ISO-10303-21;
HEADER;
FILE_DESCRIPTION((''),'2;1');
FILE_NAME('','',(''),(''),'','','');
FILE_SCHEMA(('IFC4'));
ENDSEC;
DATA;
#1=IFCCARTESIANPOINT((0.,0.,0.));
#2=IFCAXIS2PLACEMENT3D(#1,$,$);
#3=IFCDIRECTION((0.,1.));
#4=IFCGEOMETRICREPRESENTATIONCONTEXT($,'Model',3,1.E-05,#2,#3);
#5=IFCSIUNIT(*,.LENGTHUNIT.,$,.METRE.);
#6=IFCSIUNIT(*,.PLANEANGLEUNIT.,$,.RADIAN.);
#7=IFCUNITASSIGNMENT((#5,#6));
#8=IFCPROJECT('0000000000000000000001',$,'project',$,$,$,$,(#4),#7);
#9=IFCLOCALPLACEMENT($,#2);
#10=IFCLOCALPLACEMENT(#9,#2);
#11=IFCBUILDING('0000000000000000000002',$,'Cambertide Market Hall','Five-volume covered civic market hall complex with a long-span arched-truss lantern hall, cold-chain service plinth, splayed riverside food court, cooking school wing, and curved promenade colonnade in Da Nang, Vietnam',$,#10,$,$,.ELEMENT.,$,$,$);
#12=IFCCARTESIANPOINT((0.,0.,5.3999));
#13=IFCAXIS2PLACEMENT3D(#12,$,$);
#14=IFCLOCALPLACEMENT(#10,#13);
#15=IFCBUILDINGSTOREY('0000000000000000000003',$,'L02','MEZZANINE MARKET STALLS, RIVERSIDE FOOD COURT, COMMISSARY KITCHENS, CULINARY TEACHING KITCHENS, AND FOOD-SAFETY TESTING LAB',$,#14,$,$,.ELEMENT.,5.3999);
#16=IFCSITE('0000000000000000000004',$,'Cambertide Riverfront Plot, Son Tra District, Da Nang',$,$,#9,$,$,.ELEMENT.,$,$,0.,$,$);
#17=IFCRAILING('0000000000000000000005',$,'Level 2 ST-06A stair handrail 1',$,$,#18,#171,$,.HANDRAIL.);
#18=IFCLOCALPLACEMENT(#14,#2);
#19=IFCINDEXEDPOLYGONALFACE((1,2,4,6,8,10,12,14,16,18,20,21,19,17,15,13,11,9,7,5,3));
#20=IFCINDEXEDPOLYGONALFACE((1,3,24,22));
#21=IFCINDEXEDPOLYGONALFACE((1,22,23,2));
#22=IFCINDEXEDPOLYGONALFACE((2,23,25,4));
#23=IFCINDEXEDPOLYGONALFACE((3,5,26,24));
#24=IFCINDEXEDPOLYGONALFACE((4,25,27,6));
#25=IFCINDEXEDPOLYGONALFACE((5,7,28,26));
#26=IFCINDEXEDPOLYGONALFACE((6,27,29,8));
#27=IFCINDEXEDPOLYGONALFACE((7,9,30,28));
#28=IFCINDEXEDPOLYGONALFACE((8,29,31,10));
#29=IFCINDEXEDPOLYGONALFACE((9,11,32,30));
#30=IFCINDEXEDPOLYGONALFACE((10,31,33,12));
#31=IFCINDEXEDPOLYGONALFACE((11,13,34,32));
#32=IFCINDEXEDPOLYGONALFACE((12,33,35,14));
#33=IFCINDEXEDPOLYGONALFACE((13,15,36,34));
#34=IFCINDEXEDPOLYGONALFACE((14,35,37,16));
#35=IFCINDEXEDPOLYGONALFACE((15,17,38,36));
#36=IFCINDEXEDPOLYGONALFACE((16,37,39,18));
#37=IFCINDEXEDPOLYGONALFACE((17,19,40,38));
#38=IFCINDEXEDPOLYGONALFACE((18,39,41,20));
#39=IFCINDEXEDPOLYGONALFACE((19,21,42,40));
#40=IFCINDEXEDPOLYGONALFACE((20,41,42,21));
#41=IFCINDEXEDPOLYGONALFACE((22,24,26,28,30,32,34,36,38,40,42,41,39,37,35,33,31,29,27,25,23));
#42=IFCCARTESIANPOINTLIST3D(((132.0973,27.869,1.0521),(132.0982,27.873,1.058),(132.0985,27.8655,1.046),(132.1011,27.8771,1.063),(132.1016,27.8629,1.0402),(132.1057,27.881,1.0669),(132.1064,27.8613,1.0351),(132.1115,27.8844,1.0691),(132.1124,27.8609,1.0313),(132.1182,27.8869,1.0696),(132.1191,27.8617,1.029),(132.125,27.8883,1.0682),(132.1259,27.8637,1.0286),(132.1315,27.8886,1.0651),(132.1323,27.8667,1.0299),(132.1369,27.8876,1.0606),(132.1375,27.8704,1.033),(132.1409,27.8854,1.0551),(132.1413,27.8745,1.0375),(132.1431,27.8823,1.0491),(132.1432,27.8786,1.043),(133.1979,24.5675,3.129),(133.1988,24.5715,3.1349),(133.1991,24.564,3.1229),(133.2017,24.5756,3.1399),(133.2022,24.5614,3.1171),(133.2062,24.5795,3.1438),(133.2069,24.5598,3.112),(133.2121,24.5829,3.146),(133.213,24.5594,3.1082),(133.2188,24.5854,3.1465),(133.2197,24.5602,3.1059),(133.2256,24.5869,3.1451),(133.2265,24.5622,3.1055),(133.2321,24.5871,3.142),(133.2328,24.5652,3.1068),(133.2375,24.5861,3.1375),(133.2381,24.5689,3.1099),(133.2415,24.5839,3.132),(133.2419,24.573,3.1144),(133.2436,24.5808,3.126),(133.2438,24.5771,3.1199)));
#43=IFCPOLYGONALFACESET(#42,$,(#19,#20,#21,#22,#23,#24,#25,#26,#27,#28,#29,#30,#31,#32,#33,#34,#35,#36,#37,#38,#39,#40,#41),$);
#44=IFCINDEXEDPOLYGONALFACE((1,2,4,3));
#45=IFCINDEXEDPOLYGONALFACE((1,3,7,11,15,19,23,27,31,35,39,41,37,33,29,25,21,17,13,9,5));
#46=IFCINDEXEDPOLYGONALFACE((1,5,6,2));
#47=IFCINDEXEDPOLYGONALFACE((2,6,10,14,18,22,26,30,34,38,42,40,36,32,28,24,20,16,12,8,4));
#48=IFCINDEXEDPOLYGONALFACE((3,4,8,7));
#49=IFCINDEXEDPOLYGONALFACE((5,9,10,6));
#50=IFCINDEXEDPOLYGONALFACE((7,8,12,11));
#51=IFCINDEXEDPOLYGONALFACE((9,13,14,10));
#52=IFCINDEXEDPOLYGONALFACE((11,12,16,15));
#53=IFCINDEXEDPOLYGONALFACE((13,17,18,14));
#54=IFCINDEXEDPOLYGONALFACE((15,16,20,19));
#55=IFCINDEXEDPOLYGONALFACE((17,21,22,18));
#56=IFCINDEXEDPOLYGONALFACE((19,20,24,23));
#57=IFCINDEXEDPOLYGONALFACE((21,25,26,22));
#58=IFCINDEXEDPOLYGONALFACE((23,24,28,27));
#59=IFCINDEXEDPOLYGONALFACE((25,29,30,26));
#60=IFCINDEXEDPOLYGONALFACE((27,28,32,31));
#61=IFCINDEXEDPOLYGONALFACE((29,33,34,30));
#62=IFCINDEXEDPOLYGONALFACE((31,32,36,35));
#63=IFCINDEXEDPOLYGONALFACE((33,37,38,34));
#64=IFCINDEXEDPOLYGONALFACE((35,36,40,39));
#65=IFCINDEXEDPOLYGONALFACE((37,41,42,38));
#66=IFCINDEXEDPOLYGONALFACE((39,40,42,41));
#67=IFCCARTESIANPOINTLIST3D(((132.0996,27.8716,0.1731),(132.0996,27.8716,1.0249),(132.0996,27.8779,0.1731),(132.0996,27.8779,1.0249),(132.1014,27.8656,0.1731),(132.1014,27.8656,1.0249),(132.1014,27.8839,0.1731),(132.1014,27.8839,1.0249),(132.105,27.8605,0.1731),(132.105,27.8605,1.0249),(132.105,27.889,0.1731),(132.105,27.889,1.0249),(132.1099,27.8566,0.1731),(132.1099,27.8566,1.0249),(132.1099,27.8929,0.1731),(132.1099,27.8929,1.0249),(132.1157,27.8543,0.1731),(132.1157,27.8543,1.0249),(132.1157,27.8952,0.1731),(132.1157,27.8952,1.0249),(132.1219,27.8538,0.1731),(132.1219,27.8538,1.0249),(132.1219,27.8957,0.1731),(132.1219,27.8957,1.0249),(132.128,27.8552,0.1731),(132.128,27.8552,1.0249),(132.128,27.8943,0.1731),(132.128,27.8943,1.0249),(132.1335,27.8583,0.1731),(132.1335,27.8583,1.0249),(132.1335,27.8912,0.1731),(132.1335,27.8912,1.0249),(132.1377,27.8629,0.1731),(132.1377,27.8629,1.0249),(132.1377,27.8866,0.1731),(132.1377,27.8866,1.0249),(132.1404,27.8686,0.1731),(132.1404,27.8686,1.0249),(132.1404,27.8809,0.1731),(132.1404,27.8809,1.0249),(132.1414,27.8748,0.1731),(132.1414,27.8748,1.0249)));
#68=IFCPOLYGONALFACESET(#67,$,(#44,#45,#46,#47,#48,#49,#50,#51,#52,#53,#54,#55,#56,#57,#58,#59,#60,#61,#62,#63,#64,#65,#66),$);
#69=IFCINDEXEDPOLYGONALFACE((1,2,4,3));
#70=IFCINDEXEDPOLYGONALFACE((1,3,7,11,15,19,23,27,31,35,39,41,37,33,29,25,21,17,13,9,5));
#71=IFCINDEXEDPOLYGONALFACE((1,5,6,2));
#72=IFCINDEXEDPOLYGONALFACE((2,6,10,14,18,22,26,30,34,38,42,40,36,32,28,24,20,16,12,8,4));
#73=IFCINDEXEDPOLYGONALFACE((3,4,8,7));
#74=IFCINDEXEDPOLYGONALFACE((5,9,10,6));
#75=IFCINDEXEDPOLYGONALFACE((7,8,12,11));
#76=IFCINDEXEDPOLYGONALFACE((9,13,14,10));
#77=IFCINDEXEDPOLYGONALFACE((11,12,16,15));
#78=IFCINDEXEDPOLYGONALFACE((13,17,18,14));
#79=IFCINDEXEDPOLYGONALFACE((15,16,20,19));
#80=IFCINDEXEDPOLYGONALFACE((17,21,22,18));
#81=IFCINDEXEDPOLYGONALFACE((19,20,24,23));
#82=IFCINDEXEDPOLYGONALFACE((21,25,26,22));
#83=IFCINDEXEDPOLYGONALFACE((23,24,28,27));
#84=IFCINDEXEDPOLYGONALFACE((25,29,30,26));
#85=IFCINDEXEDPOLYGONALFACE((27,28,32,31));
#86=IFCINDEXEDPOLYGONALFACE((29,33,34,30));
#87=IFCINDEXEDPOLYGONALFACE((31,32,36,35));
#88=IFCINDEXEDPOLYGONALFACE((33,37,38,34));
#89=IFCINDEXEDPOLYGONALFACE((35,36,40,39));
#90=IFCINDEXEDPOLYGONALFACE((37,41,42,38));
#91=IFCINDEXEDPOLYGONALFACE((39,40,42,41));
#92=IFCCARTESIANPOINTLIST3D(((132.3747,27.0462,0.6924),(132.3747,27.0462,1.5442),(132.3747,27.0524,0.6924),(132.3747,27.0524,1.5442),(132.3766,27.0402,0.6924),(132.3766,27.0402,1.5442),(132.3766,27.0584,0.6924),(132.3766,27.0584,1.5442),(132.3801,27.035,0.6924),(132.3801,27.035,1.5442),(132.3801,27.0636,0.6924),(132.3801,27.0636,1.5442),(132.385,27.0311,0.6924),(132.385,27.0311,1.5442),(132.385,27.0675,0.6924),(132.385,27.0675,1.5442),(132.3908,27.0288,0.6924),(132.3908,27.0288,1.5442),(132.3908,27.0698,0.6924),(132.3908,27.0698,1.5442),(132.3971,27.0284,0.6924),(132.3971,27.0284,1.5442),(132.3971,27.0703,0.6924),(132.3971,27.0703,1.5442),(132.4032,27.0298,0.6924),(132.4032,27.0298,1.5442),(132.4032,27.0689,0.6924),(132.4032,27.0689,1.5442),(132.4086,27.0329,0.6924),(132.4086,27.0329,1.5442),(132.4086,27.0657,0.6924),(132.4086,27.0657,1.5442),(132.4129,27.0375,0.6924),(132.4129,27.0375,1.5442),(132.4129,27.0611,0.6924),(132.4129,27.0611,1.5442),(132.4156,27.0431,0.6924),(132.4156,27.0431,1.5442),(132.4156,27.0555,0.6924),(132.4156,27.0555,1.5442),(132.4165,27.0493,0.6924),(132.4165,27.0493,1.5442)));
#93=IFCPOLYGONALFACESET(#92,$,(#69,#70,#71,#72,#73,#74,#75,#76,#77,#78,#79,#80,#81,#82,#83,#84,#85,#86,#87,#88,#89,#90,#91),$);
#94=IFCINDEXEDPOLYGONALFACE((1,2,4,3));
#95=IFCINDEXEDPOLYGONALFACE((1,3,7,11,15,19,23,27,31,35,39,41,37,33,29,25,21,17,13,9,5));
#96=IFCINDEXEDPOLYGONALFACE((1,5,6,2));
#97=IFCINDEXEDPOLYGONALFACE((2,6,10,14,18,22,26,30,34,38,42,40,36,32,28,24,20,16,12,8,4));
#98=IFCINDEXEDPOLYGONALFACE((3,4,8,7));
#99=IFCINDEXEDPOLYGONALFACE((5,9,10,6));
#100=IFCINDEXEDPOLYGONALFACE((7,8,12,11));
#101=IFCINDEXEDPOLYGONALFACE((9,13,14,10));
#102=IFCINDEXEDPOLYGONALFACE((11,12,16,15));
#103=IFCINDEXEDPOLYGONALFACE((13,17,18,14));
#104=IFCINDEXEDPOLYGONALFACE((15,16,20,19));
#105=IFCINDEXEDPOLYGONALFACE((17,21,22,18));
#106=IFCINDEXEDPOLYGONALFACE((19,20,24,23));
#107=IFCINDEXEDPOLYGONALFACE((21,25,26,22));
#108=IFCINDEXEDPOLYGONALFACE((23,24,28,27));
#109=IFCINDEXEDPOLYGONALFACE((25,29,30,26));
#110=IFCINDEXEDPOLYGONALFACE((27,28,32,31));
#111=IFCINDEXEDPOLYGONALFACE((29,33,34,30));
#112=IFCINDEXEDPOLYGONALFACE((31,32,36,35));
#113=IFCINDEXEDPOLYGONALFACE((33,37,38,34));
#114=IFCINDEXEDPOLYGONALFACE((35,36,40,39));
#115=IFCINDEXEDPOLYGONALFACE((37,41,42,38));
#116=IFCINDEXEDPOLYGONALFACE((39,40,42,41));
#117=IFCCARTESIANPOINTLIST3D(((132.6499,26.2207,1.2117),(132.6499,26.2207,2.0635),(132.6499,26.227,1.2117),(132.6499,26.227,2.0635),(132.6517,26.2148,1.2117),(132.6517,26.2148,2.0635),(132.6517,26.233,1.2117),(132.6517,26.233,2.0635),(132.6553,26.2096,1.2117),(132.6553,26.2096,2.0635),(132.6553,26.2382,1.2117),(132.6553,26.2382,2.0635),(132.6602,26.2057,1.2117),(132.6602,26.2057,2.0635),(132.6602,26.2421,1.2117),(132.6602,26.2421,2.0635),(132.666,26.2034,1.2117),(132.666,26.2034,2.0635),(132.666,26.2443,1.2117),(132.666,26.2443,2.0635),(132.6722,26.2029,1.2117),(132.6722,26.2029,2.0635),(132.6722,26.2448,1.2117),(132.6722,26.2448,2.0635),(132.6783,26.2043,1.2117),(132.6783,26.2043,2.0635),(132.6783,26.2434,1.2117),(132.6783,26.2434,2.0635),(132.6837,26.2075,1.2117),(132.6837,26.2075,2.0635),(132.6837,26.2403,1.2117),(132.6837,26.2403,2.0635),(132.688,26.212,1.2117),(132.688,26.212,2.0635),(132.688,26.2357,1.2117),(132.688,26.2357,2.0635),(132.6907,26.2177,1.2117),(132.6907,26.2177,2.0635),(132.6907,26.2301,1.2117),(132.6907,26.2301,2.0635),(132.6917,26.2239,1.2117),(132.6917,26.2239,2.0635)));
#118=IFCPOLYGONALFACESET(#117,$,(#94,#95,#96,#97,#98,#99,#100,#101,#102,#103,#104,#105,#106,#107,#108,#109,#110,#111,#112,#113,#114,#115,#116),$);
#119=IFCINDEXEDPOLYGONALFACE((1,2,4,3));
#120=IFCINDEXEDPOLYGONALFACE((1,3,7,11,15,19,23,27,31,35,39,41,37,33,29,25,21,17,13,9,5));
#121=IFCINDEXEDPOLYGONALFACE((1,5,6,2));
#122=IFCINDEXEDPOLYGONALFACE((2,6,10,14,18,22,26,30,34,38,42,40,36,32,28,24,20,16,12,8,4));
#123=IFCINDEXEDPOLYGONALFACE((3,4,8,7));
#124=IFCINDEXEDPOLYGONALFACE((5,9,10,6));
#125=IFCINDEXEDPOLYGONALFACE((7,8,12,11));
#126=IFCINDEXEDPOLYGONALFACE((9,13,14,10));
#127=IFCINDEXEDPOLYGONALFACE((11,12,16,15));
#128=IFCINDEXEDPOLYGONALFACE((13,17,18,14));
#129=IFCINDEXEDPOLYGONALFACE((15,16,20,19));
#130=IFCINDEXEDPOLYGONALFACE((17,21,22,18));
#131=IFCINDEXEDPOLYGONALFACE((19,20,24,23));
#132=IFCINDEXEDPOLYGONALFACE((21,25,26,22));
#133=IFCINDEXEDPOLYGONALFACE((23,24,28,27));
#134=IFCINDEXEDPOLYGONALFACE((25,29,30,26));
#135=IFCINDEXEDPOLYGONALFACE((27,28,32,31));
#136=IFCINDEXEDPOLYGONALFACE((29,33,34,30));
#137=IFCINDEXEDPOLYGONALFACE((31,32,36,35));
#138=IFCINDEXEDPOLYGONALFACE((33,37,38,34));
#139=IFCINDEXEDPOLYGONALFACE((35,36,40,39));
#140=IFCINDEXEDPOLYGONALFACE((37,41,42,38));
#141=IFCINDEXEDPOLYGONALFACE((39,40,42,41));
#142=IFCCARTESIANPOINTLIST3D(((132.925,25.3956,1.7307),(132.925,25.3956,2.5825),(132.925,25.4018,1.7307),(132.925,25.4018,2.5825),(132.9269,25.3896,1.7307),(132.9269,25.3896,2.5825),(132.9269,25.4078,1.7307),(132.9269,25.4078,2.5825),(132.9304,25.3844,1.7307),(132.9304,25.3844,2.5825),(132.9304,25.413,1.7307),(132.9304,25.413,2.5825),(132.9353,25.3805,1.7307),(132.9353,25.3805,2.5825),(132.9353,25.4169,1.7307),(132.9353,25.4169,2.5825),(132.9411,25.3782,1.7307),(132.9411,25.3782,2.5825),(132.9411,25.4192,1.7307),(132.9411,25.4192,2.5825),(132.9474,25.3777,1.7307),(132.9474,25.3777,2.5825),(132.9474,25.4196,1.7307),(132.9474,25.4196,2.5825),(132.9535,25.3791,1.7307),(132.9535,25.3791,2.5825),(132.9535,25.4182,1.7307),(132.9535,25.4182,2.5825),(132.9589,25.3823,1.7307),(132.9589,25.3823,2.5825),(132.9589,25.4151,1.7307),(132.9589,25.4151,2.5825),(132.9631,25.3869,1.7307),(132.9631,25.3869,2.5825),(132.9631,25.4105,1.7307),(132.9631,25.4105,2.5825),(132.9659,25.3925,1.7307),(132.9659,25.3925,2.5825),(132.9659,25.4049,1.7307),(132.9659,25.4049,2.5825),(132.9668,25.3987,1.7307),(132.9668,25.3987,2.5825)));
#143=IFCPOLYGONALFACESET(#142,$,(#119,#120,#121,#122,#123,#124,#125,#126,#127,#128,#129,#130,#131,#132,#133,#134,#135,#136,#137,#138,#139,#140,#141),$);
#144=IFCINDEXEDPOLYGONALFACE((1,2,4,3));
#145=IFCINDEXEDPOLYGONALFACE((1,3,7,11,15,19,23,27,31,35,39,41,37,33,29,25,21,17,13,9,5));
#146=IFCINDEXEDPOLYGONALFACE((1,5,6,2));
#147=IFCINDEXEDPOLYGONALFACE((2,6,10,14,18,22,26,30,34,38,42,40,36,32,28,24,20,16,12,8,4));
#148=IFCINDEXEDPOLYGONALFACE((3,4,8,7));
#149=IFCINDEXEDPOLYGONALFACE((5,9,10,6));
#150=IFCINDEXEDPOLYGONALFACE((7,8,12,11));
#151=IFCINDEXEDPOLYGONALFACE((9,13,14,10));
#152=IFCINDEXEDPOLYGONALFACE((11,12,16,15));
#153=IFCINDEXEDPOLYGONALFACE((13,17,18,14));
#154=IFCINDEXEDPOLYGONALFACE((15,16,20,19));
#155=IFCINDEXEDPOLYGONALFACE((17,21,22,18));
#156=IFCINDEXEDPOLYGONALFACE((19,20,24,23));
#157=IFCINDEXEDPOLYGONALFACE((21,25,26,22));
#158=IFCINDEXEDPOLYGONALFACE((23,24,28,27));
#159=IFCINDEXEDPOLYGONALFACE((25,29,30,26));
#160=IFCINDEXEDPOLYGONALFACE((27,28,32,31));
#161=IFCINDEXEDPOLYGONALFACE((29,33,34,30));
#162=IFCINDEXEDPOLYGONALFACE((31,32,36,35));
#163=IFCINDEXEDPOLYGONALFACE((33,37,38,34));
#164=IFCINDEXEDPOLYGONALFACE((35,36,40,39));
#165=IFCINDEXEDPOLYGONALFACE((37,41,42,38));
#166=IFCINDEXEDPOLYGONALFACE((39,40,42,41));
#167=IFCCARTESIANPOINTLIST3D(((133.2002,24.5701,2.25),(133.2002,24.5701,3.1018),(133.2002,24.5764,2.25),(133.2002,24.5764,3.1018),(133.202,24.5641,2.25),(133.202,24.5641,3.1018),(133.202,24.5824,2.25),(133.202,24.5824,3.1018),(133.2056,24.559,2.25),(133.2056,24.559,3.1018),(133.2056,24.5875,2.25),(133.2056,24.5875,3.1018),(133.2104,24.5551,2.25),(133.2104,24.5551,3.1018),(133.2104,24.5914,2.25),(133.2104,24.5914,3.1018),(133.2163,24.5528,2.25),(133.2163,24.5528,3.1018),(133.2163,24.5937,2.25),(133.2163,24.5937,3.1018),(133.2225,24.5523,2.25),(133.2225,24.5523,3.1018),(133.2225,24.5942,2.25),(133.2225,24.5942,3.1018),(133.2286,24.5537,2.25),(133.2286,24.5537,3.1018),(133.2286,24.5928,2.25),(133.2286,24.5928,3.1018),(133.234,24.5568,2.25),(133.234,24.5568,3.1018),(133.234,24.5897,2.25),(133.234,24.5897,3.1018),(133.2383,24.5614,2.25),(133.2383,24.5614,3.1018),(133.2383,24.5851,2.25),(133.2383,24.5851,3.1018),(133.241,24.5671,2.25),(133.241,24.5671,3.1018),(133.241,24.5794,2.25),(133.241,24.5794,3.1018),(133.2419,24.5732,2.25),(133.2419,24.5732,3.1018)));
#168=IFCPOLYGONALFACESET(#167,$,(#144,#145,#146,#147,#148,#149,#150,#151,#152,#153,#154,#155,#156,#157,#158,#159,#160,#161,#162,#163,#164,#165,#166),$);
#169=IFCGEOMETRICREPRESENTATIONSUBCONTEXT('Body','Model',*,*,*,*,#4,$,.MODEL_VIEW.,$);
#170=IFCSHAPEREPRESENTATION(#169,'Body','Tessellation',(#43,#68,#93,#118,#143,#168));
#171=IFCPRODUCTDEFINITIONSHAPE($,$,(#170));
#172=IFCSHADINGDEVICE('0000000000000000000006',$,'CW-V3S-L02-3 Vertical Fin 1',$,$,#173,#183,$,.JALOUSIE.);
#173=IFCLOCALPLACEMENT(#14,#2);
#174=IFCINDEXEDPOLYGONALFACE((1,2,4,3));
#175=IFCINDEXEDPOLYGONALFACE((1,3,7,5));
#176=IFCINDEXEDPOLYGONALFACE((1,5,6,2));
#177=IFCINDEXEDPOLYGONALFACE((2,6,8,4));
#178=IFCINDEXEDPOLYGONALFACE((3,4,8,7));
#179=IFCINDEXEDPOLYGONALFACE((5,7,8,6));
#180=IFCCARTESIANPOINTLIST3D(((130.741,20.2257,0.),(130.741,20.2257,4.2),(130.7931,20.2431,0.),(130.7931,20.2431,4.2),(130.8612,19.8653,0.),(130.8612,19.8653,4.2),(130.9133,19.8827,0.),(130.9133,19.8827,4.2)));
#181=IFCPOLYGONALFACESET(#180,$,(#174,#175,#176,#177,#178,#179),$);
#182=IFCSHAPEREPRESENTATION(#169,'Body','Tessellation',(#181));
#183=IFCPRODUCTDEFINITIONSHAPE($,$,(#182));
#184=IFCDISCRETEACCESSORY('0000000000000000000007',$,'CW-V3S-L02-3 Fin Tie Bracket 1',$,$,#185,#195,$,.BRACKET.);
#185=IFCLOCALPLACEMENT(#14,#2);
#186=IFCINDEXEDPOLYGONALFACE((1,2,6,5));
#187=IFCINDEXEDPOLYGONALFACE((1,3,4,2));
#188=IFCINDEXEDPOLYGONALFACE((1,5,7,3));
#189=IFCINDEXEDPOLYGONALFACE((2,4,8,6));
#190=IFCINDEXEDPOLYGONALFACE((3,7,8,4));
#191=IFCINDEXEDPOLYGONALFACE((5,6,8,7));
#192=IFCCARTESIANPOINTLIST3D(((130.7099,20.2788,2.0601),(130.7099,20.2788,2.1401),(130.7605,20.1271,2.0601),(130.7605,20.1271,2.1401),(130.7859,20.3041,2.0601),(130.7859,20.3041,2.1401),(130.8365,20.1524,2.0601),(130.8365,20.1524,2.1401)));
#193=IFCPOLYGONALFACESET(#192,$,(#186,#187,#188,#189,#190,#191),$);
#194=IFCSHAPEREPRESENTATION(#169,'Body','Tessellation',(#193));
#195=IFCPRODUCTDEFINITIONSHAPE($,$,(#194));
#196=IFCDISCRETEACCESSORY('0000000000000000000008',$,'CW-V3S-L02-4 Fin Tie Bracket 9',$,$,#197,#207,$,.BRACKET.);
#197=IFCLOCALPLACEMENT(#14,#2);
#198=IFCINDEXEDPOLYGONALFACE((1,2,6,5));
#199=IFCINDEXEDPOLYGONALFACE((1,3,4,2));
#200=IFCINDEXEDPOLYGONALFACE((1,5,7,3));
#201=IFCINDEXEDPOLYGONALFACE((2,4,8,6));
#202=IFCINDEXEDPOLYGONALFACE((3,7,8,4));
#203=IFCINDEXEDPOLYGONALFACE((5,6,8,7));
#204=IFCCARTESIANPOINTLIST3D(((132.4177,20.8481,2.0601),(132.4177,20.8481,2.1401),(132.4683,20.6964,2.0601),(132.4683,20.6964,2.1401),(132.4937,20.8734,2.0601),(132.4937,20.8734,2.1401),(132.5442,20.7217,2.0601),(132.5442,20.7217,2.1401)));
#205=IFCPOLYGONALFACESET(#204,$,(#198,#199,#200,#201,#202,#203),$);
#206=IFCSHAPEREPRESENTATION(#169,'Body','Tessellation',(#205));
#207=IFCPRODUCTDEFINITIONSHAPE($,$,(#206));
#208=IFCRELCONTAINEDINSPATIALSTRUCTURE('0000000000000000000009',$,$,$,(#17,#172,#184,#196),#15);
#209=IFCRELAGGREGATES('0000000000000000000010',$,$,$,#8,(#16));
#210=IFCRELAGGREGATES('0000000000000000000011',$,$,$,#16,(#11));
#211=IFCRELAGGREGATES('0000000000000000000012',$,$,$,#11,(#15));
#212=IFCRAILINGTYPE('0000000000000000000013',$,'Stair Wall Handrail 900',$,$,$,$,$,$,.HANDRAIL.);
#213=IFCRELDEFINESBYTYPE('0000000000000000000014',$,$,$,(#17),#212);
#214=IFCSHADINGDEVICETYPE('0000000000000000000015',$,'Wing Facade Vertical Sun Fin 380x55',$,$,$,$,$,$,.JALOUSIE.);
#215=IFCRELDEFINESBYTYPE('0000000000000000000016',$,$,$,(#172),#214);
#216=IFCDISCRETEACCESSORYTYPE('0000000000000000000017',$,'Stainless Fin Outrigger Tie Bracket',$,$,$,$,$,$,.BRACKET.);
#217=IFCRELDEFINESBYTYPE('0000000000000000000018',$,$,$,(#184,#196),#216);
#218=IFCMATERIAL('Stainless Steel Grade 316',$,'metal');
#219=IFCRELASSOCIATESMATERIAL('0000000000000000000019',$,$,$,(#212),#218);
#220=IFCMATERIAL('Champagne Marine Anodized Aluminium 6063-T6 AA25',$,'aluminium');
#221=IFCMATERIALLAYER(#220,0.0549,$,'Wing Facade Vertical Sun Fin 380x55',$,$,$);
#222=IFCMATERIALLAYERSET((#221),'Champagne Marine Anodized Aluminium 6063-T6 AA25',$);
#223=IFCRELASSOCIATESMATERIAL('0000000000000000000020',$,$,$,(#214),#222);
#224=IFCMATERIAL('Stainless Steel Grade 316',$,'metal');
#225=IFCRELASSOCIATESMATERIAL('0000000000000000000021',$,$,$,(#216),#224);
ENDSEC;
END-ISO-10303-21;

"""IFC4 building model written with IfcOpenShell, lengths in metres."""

from ifc_helpers import new_model, si_unit, direction, frame, origin, origin_2d, place, context, subcontext, project, spatial, rectangle, circle, extrude, material, layer, layer_set, type_object, element, save


model = new_model("IFC4")

# Units and contexts
model_context = context("Model", 3, precision=1e-05, world=origin(), true_north=direction((0.0, 1.0)))
body_context = subcontext(model_context, "Body", "Model", "MODEL_VIEW")
ifc_project = project(units=[si_unit("LENGTHUNIT", "METRE"), si_unit("PLANEANGLEUNIT", "RADIAN")], contexts=[model_context])

# Site, building, storey
site_placement = place(None, origin())
site = spatial("IfcSite", under=ifc_project, at=site_placement, Name="Cambertide Riverfront Plot, Son Tra District, Da Nang", CompositionType="ELEMENT", RefElevation=0.0)
building_placement = place(site_placement, origin())
building = spatial("IfcBuilding", under=site, at=building_placement, Name="Cambertide Market Hall", Description="Five-volume covered civic market hall complex with a long-span arched-truss lantern hall, cold-chain service plinth, splayed riverside food court, cooking school wing, and curved promenade colonnade in Da Nang, Vietnam", CompositionType="ELEMENT")
storey_placement = place(building_placement, frame((0.0, 0.0, 5.3999)))
storey = spatial("IfcBuildingStorey", under=building, at=storey_placement, Name="L02", Description="MEZZANINE MARKET STALLS, RIVERSIDE FOOD COURT, COMMISSARY KITCHENS, CULINARY TEACHING KITCHENS, AND FOOD-SAFETY TESTING LAB", CompositionType="ELEMENT", Elevation=5.3999)

# Railing
ifc_material_1 = material(Name="Stainless Steel Grade 316", Category="metal")
railing_type = type_object("IfcRailingType", Name="Stair Wall Handrail 900", PredefinedType="HANDRAIL", material=ifc_material_1)
railing_placement = place(storey_placement, frame((132.1204, 27.8748, 0.1731)))
element("IfcRailing", 1, at=railing_placement, inside=storey, type_object=railing_type, Name="Level 2 ST-06A stair handrail 1", PredefinedType="HANDRAIL", context=body_context, shape_type="SweptSolid", body=[
    extrude(circle(Radius=0.0239, at=origin_2d()), frame((0.0, 0.0, 0.876), z_axis=(0.271565, -0.814635, 0.512467), x_axis=(0.948676, 0.316249, 0.0)), (0.0, 0.0, 1.0), 4.0527),
    extrude(circle(Radius=0.021, at=origin_2d()), origin(), (0.0, 0.0, 1.0), 0.8518),
    extrude(circle(Radius=0.021, at=origin_2d()), frame((0.2751, -0.8254, 0.5193)), (0.0, 0.0, 1.0), 0.8518),
    extrude(circle(Radius=0.021, at=origin_2d()), frame((0.5503, -1.6509, 1.0386)), (0.0, 0.0, 1.0), 0.8518),
    extrude(circle(Radius=0.021, at=origin_2d()), frame((0.8254, -2.4761, 1.5576)), (0.0, 0.0, 1.0), 0.8518),
    extrude(circle(Radius=0.021, at=origin_2d()), frame((1.1006, -3.3015, 2.0769)), (0.0, 0.0, 1.0), 0.8518),
])

# Shading device
ifc_material_2 = material(Name="Champagne Marine Anodized Aluminium 6063-T6 AA25", Category="aluminium")
ifc_layer_1 = layer(ifc_material_2, 0.0549, Name="Wing Facade Vertical Sun Fin 380x55")
ifc_layer_set_1 = layer_set([ifc_layer_1], Name="Champagne Marine Anodized Aluminium 6063-T6 AA25")
shading_device_type = type_object("IfcShadingDeviceType", Name="Wing Facade Vertical Sun Fin 380x55", PredefinedType="JALOUSIE", material=ifc_layer_set_1)
shading_device_placement = place(storey_placement, frame((130.8271, 20.0542, 0.0), z_axis=(0.0, 0.0, 1.0), x_axis=(-0.948683, -0.316228, 0.0)))
element("IfcShadingDevice", 2, at=shading_device_placement, inside=storey, type_object=shading_device_type, Name="CW-V3S-L02-3 Vertical Fin 1", PredefinedType="JALOUSIE", context=body_context, shape_type="SweptSolid", body=[
    extrude(rectangle(XDim=0.0549, YDim=0.3799, at=origin_2d()), origin(), (0.0, 0.0, 1.0), 4.2),
])

# Discrete accessories
ifc_material_3 = material(Name="Stainless Steel Grade 316", Category="metal")
discrete_accessory_type = type_object("IfcDiscreteAccessoryType", Name="Stainless Fin Outrigger Tie Bracket", PredefinedType="BRACKET", material=ifc_material_3)
for number, where, z_axis, x_axis, name in (
    (3, (130.7732, 20.2156, 2.0601), (0.0, 0.0, 1.0), (-0.948683, -0.316228, 0.0), "CW-V3S-L02-3 Fin Tie Bracket 1"),
    (4, (132.481, 20.7849, 2.0601), (0.0, 0.0, 1.0), (-0.948683, -0.316228, 0.0), "CW-V3S-L02-4 Fin Tie Bracket 9"),
):
    element("IfcDiscreteAccessory", number, at=place(storey_placement, frame(where, z_axis=z_axis, x_axis=x_axis)), inside=storey, type_object=discrete_accessory_type, Name=name, PredefinedType="BRACKET", context=body_context, shape_type="SweptSolid", body=[
        extrude(rectangle(XDim=0.0801, YDim=0.1599, at=origin_2d()), origin(), (0.0, 0.0, 1.0), 0.0801),
    ])

save(model, "model.ifc")
